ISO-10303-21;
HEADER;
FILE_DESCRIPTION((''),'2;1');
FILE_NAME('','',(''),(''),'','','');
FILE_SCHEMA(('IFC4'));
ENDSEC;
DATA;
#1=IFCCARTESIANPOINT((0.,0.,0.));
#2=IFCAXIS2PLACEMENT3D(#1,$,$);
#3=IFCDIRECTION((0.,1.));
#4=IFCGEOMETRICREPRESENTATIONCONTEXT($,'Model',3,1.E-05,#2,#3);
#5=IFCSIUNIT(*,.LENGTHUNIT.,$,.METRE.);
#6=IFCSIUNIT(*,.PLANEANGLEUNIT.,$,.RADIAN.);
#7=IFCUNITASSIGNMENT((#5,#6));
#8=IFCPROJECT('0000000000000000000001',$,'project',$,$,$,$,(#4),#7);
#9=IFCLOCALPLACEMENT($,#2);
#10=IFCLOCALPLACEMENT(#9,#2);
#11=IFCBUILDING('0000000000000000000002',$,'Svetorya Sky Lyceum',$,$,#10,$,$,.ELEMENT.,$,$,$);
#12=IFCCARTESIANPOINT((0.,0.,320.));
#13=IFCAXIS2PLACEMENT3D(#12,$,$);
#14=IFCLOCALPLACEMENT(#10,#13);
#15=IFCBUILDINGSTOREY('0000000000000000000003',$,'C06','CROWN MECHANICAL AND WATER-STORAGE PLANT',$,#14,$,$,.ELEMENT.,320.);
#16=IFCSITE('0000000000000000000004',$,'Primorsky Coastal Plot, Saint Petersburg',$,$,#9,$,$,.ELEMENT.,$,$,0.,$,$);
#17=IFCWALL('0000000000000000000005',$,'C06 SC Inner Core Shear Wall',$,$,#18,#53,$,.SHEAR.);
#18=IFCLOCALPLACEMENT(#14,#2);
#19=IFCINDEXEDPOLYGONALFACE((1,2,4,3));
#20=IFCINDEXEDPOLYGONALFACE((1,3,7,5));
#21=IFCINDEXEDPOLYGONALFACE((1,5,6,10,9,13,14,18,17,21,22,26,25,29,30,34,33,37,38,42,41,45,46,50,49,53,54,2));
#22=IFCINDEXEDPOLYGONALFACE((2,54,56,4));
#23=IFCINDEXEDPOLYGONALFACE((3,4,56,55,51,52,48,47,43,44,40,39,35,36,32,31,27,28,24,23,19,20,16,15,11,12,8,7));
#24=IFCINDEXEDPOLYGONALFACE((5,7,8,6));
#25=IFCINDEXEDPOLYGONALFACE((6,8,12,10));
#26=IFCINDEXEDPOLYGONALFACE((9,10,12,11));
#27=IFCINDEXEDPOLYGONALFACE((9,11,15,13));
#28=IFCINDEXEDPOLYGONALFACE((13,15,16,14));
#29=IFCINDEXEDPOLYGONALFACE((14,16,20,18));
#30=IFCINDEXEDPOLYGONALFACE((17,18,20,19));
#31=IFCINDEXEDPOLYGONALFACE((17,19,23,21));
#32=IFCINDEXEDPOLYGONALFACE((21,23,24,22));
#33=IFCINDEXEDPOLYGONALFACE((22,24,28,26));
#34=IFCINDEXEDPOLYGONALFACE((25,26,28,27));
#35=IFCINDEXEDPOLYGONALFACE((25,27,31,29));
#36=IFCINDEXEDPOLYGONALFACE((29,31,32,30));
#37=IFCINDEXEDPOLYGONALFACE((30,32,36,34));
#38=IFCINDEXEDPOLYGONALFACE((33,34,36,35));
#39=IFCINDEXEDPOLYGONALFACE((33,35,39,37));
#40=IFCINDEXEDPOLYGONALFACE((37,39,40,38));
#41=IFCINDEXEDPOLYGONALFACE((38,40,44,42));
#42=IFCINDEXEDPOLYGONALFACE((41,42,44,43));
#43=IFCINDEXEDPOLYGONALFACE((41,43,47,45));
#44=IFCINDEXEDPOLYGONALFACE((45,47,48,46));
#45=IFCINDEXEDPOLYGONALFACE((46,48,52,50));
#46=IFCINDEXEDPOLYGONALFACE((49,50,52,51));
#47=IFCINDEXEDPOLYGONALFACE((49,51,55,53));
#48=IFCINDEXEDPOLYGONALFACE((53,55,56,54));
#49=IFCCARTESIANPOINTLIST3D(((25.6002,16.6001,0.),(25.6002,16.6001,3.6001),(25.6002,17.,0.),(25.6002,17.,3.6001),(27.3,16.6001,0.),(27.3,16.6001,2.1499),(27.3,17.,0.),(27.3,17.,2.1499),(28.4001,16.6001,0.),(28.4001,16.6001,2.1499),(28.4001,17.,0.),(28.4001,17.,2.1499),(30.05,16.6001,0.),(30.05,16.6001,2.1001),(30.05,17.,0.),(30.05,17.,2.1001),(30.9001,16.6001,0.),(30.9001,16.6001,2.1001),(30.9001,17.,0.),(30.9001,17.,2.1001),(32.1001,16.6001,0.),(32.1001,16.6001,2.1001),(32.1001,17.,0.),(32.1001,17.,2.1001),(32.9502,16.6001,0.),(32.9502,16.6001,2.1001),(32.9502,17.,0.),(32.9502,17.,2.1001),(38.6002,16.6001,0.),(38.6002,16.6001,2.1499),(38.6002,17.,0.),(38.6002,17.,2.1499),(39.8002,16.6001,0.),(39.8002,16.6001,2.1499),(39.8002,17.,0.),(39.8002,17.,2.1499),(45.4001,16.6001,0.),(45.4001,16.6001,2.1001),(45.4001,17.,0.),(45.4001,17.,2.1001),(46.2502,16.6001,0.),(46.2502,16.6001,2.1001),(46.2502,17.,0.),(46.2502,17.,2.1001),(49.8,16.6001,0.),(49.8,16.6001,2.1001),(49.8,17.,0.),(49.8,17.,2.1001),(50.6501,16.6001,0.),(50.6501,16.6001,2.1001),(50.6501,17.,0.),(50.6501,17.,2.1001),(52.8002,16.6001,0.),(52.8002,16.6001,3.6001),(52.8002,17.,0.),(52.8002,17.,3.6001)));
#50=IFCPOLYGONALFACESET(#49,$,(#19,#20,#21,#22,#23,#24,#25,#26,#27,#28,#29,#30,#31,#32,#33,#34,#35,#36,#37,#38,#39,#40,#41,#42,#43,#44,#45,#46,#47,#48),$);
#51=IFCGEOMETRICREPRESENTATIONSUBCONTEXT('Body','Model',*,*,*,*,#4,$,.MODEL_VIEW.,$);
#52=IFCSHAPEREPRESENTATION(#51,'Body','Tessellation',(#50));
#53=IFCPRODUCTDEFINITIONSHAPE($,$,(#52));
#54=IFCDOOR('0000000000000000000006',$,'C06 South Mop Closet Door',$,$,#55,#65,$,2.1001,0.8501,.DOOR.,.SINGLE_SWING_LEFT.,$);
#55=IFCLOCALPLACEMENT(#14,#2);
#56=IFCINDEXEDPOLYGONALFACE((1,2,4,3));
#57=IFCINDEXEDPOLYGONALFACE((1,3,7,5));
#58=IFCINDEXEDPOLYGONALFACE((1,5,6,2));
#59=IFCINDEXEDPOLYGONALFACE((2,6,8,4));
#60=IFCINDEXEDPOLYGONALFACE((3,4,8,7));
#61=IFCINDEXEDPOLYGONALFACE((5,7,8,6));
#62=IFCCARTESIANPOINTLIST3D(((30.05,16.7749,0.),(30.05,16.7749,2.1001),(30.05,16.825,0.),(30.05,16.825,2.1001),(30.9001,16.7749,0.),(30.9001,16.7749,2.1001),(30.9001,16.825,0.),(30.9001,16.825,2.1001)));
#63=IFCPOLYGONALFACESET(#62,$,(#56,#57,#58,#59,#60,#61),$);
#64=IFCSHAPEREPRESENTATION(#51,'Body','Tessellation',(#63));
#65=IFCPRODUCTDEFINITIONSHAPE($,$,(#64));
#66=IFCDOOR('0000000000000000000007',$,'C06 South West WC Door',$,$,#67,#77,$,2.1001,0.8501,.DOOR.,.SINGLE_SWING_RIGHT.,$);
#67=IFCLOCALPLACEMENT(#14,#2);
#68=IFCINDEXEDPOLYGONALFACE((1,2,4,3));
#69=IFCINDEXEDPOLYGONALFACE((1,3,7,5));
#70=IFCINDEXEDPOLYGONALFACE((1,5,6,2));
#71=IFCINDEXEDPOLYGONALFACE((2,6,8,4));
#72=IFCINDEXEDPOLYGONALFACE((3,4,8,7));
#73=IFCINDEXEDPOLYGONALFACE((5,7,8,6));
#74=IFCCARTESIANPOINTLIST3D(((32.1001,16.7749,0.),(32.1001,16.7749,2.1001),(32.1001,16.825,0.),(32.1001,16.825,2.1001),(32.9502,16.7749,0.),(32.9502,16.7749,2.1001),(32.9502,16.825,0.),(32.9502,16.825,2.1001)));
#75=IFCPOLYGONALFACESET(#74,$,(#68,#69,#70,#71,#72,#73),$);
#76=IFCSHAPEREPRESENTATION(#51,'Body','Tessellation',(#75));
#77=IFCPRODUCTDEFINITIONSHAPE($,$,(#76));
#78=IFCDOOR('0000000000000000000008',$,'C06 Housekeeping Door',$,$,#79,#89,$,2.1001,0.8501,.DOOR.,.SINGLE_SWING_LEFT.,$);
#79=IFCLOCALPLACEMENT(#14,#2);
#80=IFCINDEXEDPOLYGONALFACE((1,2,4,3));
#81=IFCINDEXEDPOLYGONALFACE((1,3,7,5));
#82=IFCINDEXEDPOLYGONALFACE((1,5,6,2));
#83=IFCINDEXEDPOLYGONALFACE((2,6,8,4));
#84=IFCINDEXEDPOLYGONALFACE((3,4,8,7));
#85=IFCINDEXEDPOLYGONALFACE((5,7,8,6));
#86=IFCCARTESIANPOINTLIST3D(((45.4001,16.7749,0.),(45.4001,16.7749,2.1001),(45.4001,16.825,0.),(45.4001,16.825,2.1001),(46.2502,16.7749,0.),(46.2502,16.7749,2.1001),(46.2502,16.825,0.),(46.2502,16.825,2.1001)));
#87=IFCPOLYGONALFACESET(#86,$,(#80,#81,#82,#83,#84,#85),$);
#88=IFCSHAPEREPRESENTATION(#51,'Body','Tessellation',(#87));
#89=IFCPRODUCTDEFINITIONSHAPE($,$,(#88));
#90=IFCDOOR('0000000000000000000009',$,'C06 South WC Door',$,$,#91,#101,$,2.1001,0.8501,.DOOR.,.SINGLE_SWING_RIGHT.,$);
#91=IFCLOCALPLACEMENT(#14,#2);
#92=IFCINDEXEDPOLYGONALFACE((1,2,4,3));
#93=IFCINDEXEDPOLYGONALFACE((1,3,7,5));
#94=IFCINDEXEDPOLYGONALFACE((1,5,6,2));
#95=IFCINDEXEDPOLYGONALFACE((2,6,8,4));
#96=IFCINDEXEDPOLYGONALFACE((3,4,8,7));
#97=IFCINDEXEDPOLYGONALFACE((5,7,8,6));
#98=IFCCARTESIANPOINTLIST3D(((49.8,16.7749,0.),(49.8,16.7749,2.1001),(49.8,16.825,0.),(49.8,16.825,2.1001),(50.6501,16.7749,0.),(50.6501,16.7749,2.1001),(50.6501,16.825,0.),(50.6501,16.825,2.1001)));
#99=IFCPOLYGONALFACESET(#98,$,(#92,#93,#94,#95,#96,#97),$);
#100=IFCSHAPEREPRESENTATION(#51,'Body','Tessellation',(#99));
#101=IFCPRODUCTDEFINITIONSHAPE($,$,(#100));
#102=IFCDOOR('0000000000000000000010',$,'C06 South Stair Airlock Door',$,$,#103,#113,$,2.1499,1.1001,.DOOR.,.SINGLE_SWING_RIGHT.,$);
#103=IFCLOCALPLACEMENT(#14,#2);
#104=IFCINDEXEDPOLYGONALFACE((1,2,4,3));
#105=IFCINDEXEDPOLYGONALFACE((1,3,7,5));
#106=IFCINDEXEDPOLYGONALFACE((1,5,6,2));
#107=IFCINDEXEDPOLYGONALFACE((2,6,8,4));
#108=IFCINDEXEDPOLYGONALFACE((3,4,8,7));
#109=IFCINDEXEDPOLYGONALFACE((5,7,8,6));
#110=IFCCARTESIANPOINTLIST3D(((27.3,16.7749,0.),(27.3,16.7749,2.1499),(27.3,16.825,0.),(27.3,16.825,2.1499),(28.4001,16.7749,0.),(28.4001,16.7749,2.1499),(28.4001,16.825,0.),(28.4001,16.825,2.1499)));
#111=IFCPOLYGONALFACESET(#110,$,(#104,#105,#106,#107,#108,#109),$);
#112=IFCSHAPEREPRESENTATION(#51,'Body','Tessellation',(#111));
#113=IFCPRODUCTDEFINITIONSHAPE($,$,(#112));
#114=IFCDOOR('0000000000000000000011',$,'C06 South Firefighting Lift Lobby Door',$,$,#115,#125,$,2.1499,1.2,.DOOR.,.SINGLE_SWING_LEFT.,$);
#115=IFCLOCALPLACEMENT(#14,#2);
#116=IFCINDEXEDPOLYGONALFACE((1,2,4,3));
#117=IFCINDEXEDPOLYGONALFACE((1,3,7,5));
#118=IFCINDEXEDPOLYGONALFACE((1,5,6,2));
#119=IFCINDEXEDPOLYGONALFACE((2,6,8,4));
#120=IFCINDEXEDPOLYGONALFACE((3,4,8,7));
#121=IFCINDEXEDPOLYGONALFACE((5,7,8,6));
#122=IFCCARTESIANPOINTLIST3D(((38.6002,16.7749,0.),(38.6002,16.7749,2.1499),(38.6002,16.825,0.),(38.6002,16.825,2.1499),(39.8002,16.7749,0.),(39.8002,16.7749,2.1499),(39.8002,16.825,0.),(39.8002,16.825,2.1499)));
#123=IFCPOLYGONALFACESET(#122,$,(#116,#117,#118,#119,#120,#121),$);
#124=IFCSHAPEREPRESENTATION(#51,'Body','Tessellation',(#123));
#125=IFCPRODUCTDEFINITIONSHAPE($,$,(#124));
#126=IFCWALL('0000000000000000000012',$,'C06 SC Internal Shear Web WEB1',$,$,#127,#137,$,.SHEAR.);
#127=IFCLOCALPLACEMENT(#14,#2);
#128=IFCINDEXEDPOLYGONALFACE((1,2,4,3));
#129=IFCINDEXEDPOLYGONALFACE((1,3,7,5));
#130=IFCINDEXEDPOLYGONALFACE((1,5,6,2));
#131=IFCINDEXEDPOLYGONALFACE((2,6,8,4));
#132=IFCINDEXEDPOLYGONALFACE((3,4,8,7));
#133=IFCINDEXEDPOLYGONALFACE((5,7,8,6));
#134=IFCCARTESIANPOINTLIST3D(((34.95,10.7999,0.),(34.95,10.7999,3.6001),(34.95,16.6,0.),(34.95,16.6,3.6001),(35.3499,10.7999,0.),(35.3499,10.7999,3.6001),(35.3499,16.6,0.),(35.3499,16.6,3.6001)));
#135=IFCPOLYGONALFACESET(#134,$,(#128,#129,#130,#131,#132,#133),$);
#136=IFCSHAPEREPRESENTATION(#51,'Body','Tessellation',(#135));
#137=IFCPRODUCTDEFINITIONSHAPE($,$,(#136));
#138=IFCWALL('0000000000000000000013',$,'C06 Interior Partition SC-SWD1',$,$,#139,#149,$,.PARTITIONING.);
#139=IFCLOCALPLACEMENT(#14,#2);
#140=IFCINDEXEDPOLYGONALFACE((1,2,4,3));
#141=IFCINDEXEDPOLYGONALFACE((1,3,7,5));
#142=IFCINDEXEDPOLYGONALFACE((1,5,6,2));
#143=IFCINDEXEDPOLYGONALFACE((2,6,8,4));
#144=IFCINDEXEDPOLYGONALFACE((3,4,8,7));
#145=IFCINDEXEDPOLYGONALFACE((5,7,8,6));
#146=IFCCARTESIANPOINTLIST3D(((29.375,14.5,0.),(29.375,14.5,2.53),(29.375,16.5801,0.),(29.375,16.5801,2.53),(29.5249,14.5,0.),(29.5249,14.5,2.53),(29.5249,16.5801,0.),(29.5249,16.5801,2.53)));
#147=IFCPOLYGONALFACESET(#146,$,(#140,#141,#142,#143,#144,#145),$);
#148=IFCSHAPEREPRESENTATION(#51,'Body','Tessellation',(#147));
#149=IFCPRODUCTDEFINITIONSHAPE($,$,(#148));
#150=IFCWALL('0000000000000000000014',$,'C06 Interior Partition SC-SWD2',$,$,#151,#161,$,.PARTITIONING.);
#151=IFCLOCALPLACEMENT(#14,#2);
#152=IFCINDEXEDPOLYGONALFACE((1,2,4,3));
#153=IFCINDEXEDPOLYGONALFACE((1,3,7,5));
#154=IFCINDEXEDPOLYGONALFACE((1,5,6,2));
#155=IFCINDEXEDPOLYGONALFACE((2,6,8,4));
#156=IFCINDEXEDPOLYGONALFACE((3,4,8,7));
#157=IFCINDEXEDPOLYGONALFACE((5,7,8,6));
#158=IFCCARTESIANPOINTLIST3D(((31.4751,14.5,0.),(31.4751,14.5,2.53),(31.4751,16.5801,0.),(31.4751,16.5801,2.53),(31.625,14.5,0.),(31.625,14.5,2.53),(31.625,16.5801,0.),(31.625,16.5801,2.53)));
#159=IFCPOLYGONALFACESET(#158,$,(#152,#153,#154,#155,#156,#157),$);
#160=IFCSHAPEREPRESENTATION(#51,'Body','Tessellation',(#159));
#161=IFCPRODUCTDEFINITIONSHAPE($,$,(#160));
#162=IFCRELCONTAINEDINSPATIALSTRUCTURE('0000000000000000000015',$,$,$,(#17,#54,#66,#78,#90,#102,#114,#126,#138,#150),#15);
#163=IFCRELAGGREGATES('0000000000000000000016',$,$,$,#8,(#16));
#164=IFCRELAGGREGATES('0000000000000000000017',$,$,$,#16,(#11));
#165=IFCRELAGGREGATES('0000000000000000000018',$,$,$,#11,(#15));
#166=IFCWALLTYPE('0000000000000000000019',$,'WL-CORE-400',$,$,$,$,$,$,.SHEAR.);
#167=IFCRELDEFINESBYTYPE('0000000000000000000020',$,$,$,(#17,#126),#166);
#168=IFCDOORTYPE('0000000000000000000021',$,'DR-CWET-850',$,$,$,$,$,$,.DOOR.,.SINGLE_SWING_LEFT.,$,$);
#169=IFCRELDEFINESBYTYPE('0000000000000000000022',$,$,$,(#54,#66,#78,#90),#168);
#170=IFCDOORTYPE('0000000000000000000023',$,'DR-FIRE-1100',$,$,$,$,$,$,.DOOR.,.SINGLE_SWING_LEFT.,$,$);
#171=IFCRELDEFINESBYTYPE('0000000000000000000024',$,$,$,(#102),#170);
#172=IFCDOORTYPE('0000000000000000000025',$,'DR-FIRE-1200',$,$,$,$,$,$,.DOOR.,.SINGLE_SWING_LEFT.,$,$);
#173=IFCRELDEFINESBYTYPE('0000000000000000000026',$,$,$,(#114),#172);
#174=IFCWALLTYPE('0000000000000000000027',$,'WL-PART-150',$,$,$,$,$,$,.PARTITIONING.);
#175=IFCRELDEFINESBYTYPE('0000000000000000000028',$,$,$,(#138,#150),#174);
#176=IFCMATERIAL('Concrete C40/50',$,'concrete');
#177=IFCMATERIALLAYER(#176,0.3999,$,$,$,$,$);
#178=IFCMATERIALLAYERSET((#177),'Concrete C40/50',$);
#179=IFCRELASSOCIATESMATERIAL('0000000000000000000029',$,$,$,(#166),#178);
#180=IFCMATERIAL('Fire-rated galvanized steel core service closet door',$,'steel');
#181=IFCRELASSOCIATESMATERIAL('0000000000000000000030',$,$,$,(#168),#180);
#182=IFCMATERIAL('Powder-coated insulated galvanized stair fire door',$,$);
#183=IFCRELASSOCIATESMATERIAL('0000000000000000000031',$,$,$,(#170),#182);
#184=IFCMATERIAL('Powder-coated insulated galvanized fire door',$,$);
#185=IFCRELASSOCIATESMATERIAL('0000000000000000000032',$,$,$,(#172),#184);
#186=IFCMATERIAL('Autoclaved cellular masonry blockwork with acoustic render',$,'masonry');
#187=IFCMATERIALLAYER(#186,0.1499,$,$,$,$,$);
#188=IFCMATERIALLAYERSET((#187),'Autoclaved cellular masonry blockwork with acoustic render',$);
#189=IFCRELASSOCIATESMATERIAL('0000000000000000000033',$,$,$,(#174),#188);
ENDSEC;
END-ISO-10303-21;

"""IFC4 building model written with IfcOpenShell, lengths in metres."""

from ifc_helpers import new_model, si_unit, direction, frame, frame_2d, origin, place, context, subcontext, project, spatial, rectangle, extrude, material, layer, layer_set, type_object, element, fill, save


model = new_model("IFC4")

# Units and contexts
model_context = context("Model", 3, precision=1e-05, world=origin(), true_north=direction((0.0, 1.0)))
body_context = subcontext(model_context, "Body", "Model", "MODEL_VIEW")
ifc_project = project(units=[si_unit("LENGTHUNIT", "METRE"), si_unit("PLANEANGLEUNIT", "RADIAN")], contexts=[model_context])

# Site, building, storey
site_placement = place(None, origin())
site = spatial("IfcSite", under=ifc_project, at=site_placement, Name="Primorsky Coastal Plot, Saint Petersburg", CompositionType="ELEMENT", RefElevation=0.0)
building_placement = place(site_placement, origin())
building = spatial("IfcBuilding", under=site, at=building_placement, Name="Svetorya Sky Lyceum", CompositionType="ELEMENT")
storey_placement = place(building_placement, frame((0.0, 0.0, 320.0)))
storey = spatial("IfcBuildingStorey", under=building, at=storey_placement, Name="C06", Description="CROWN MECHANICAL AND WATER-STORAGE PLANT", CompositionType="ELEMENT", Elevation=320.0)

# Shared definitions
ifc_material_1 = material(Name="Concrete C40/50", Category="concrete")

# Shared definitions
ifc_layer_1 = layer(ifc_material_1, 0.3999)
ifc_layer_set_1 = layer_set([ifc_layer_1], Name="Concrete C40/50")
wall_type_1 = type_object("IfcWallType", Name="WL-CORE-400", PredefinedType="SHEAR", material=ifc_layer_set_1)

# Wall, openings, doors
wall_1_placement = place(storey_placement, frame((25.6001, 16.8, 0.0), z_axis=(0.0, 0.0, 1.0), x_axis=(1.0, 0.0, 0.0)))
wall_1 = element("IfcWall", 1, at=wall_1_placement, inside=storey, type_object=wall_type_1, Name="C06 SC Inner Core Shear Wall", PredefinedType="SHEAR", context=body_context, shape_type="SweptSolid", body=[
    extrude(rectangle(XDim=27.2, YDim=0.3999, at=frame_2d((13.6001, 0.0))), origin(), (0.0, 0.0, 1.0), 3.6001),
])
opening_1_placement = place(wall_1_placement, frame((1.7, 0.0, 0.0)))
opening_1 = element("IfcOpeningElement", 2, at=opening_1_placement, cuts=wall_1, PredefinedType="OPENING", context=body_context, shape_type="SweptSolid", body=[
    extrude(rectangle(XDim=1.1001, YDim=2.1499, at=frame_2d((0.55, 1.075))), frame((0.0, 0.21, 0.0), z_axis=(0.0, -1.0, 0.0), x_axis=(1.0, 0.0, 0.0)), (0.0, 0.0, 1.0), 0.4199),
])
opening_2_placement = place(wall_1_placement, frame((4.45, 0.0, 0.0)))
opening_2 = element("IfcOpeningElement", 3, at=opening_2_placement, cuts=wall_1, PredefinedType="OPENING", context=body_context, shape_type="SweptSolid", body=[
    extrude(rectangle(XDim=0.8501, YDim=2.1001, at=frame_2d((0.425, 1.05))), frame((0.0, 0.21, 0.0), z_axis=(0.0, -1.0, 0.0), x_axis=(1.0, 0.0, 0.0)), (0.0, 0.0, 1.0), 0.4199),
])
opening_3_placement = place(wall_1_placement, frame((6.5, 0.0, 0.0)))
opening_3 = element("IfcOpeningElement", 4, at=opening_3_placement, cuts=wall_1, PredefinedType="OPENING", context=body_context, shape_type="SweptSolid", body=[
    extrude(rectangle(XDim=0.8501, YDim=2.1001, at=frame_2d((0.425, 1.05))), frame((0.0, 0.21, 0.0), z_axis=(0.0, -1.0, 0.0), x_axis=(1.0, 0.0, 0.0)), (0.0, 0.0, 1.0), 0.4199),
])
opening_4_placement = place(wall_1_placement, frame((13.0, 0.0, 0.0)))
opening_4 = element("IfcOpeningElement", 5, at=opening_4_placement, cuts=wall_1, PredefinedType="OPENING", context=body_context, shape_type="SweptSolid", body=[
    extrude(rectangle(XDim=1.2, YDim=2.1499, at=frame_2d((0.6001, 1.075))), frame((0.0, 0.21, 0.0), z_axis=(0.0, -1.0, 0.0), x_axis=(1.0, 0.0, 0.0)), (0.0, 0.0, 1.0), 0.4199),
])
opening_5_placement = place(wall_1_placement, frame((19.8, 0.0, 0.0)))
opening_5 = element("IfcOpeningElement", 6, at=opening_5_placement, cuts=wall_1, PredefinedType="OPENING", context=body_context, shape_type="SweptSolid", body=[
    extrude(rectangle(XDim=0.8501, YDim=2.1001, at=frame_2d((0.425, 1.05))), frame((0.0, 0.21, 0.0), z_axis=(0.0, -1.0, 0.0), x_axis=(1.0, 0.0, 0.0)), (0.0, 0.0, 1.0), 0.4199),
])
opening_6_placement = place(wall_1_placement, frame((24.2, 0.0, 0.0)))
opening_6 = element("IfcOpeningElement", 7, at=opening_6_placement, cuts=wall_1, PredefinedType="OPENING", context=body_context, shape_type="SweptSolid", body=[
    extrude(rectangle(XDim=0.8501, YDim=2.1001, at=frame_2d((0.425, 1.05))), frame((0.0, 0.21, 0.0), z_axis=(0.0, -1.0, 0.0), x_axis=(1.0, 0.0, 0.0)), (0.0, 0.0, 1.0), 0.4199),
])
ifc_material_2 = material(Name="Fire-rated galvanized steel core service closet door", Category="steel")
door_type_1 = type_object("IfcDoorType", Name="DR-CWET-850", OperationType="SINGLE_SWING_LEFT", PredefinedType="DOOR", material=ifc_material_2)
door_1_placement = place(opening_2_placement, origin())
door_1 = element("IfcDoor", 8, at=door_1_placement, inside=storey, type_object=door_type_1, Name="C06 South Mop Closet Door", OperationType="SINGLE_SWING_LEFT", OverallHeight=2.1001, OverallWidth=0.8501, PredefinedType="DOOR", context=body_context, shape_type="SweptSolid", body=[
    extrude(rectangle(XDim=0.8501, YDim=2.1001, at=frame_2d((0.425, 1.05))), frame((0.0, 0.0249, 0.0), z_axis=(0.0, -1.0, 0.0), x_axis=(1.0, 0.0, 0.0)), (0.0, 0.0, 1.0), 0.05),
])
fill(opening_2, door_1)
door_2_placement = place(opening_3_placement, origin())
door_2 = element("IfcDoor", 9, at=door_2_placement, inside=storey, type_object=door_type_1, Name="C06 South West WC Door", OperationType="SINGLE_SWING_RIGHT", OverallHeight=2.1001, OverallWidth=0.8501, PredefinedType="DOOR", context=body_context, shape_type="SweptSolid", body=[
    extrude(rectangle(XDim=0.8501, YDim=2.1001, at=frame_2d((0.425, 1.05))), frame((0.0, 0.0249, 0.0), z_axis=(0.0, -1.0, 0.0), x_axis=(1.0, 0.0, 0.0)), (0.0, 0.0, 1.0), 0.05),
])
fill(opening_3, door_2)
door_3_placement = place(opening_5_placement, origin())
door_3 = element("IfcDoor", 10, at=door_3_placement, inside=storey, type_object=door_type_1, Name="C06 Housekeeping Door", OperationType="SINGLE_SWING_LEFT", OverallHeight=2.1001, OverallWidth=0.8501, PredefinedType="DOOR", context=body_context, shape_type="SweptSolid", body=[
    extrude(rectangle(XDim=0.8501, YDim=2.1001, at=frame_2d((0.425, 1.05))), frame((0.0, 0.0249, 0.0), z_axis=(0.0, -1.0, 0.0), x_axis=(1.0, 0.0, 0.0)), (0.0, 0.0, 1.0), 0.05),
])
fill(opening_5, door_3)
door_4_placement = place(opening_6_placement, origin())
door_4 = element("IfcDoor", 11, at=door_4_placement, inside=storey, type_object=door_type_1, Name="C06 South WC Door", OperationType="SINGLE_SWING_RIGHT", OverallHeight=2.1001, OverallWidth=0.8501, PredefinedType="DOOR", context=body_context, shape_type="SweptSolid", body=[
    extrude(rectangle(XDim=0.8501, YDim=2.1001, at=frame_2d((0.425, 1.05))), frame((0.0, 0.0249, 0.0), z_axis=(0.0, -1.0, 0.0), x_axis=(1.0, 0.0, 0.0)), (0.0, 0.0, 1.0), 0.05),
])
fill(opening_6, door_4)
ifc_material_3 = material(Name="Powder-coated insulated galvanized stair fire door")
door_type_2 = type_object("IfcDoorType", Name="DR-FIRE-1100", OperationType="SINGLE_SWING_LEFT", PredefinedType="DOOR", material=ifc_material_3)
door_5_placement = place(opening_1_placement, origin())
door_5 = element("IfcDoor", 12, at=door_5_placement, inside=storey, type_object=door_type_2, Name="C06 South Stair Airlock Door", OperationType="SINGLE_SWING_RIGHT", OverallHeight=2.1499, OverallWidth=1.1001, PredefinedType="DOOR", context=body_context, shape_type="SweptSolid", body=[
    extrude(rectangle(XDim=1.1001, YDim=2.1499, at=frame_2d((0.55, 1.075))), frame((0.0, 0.0249, 0.0), z_axis=(0.0, -1.0, 0.0), x_axis=(1.0, 0.0, 0.0)), (0.0, 0.0, 1.0), 0.05),
])
fill(opening_1, door_5)
ifc_material_4 = material(Name="Powder-coated insulated galvanized fire door")
door_type_3 = type_object("IfcDoorType", Name="DR-FIRE-1200", OperationType="SINGLE_SWING_LEFT", PredefinedType="DOOR", material=ifc_material_4)
door_6_placement = place(opening_4_placement, origin())
door_6 = element("IfcDoor", 13, at=door_6_placement, inside=storey, type_object=door_type_3, Name="C06 South Firefighting Lift Lobby Door", OperationType="SINGLE_SWING_LEFT", OverallHeight=2.1499, OverallWidth=1.2, PredefinedType="DOOR", context=body_context, shape_type="SweptSolid", body=[
    extrude(rectangle(XDim=1.2, YDim=2.1499, at=frame_2d((0.6001, 1.075))), frame((0.0, 0.0249, 0.0), z_axis=(0.0, -1.0, 0.0), x_axis=(1.0, 0.0, 0.0)), (0.0, 0.0, 1.0), 0.05),
])
fill(opening_4, door_6)

# Walls
wall_2_placement = place(storey_placement, frame((35.1499, 10.8, 0.0), z_axis=(0.0, 0.0, 1.0), x_axis=(0.0, 1.0, 0.0)))
element("IfcWall", 14, at=wall_2_placement, inside=storey, type_object=wall_type_1, Name="C06 SC Internal Shear Web WEB1", PredefinedType="SHEAR", context=body_context, shape_type="SweptSolid", body=[
    extrude(rectangle(XDim=5.8, YDim=0.3999, at=frame_2d((2.8999, 0.0))), origin(), (0.0, 0.0, 1.0), 3.6001),
])
ifc_material_5 = material(Name="Autoclaved cellular masonry blockwork with acoustic render", Category="masonry")
ifc_layer_2 = layer(ifc_material_5, 0.1499)
ifc_layer_set_2 = layer_set([ifc_layer_2], Name="Autoclaved cellular masonry blockwork with acoustic render")
wall_type_2 = type_object("IfcWallType", Name="WL-PART-150", PredefinedType="PARTITIONING", material=ifc_layer_set_2)
for number, where, z_axis, x_axis, name in (
    (15, (29.45, 14.5, 0.0), (0.0, 0.0, 1.0), (0.0, 1.0, 0.0), "C06 Interior Partition SC-SWD1"),
    (16, (31.55, 14.5, 0.0), (0.0, 0.0, 1.0), (0.0, 1.0, 0.0), "C06 Interior Partition SC-SWD2"),
):
    element("IfcWall", number, at=place(storey_placement, frame(where, z_axis=z_axis, x_axis=x_axis)), inside=storey, type_object=wall_type_2, Name=name, PredefinedType="PARTITIONING", context=body_context, shape_type="SweptSolid", body=[
        extrude(rectangle(XDim=2.0801, YDim=0.1499, at=frame_2d((1.04, 0.0))), origin(), (0.0, 0.0, 1.0), 2.53),
    ])

save(model, "model.ifc")
